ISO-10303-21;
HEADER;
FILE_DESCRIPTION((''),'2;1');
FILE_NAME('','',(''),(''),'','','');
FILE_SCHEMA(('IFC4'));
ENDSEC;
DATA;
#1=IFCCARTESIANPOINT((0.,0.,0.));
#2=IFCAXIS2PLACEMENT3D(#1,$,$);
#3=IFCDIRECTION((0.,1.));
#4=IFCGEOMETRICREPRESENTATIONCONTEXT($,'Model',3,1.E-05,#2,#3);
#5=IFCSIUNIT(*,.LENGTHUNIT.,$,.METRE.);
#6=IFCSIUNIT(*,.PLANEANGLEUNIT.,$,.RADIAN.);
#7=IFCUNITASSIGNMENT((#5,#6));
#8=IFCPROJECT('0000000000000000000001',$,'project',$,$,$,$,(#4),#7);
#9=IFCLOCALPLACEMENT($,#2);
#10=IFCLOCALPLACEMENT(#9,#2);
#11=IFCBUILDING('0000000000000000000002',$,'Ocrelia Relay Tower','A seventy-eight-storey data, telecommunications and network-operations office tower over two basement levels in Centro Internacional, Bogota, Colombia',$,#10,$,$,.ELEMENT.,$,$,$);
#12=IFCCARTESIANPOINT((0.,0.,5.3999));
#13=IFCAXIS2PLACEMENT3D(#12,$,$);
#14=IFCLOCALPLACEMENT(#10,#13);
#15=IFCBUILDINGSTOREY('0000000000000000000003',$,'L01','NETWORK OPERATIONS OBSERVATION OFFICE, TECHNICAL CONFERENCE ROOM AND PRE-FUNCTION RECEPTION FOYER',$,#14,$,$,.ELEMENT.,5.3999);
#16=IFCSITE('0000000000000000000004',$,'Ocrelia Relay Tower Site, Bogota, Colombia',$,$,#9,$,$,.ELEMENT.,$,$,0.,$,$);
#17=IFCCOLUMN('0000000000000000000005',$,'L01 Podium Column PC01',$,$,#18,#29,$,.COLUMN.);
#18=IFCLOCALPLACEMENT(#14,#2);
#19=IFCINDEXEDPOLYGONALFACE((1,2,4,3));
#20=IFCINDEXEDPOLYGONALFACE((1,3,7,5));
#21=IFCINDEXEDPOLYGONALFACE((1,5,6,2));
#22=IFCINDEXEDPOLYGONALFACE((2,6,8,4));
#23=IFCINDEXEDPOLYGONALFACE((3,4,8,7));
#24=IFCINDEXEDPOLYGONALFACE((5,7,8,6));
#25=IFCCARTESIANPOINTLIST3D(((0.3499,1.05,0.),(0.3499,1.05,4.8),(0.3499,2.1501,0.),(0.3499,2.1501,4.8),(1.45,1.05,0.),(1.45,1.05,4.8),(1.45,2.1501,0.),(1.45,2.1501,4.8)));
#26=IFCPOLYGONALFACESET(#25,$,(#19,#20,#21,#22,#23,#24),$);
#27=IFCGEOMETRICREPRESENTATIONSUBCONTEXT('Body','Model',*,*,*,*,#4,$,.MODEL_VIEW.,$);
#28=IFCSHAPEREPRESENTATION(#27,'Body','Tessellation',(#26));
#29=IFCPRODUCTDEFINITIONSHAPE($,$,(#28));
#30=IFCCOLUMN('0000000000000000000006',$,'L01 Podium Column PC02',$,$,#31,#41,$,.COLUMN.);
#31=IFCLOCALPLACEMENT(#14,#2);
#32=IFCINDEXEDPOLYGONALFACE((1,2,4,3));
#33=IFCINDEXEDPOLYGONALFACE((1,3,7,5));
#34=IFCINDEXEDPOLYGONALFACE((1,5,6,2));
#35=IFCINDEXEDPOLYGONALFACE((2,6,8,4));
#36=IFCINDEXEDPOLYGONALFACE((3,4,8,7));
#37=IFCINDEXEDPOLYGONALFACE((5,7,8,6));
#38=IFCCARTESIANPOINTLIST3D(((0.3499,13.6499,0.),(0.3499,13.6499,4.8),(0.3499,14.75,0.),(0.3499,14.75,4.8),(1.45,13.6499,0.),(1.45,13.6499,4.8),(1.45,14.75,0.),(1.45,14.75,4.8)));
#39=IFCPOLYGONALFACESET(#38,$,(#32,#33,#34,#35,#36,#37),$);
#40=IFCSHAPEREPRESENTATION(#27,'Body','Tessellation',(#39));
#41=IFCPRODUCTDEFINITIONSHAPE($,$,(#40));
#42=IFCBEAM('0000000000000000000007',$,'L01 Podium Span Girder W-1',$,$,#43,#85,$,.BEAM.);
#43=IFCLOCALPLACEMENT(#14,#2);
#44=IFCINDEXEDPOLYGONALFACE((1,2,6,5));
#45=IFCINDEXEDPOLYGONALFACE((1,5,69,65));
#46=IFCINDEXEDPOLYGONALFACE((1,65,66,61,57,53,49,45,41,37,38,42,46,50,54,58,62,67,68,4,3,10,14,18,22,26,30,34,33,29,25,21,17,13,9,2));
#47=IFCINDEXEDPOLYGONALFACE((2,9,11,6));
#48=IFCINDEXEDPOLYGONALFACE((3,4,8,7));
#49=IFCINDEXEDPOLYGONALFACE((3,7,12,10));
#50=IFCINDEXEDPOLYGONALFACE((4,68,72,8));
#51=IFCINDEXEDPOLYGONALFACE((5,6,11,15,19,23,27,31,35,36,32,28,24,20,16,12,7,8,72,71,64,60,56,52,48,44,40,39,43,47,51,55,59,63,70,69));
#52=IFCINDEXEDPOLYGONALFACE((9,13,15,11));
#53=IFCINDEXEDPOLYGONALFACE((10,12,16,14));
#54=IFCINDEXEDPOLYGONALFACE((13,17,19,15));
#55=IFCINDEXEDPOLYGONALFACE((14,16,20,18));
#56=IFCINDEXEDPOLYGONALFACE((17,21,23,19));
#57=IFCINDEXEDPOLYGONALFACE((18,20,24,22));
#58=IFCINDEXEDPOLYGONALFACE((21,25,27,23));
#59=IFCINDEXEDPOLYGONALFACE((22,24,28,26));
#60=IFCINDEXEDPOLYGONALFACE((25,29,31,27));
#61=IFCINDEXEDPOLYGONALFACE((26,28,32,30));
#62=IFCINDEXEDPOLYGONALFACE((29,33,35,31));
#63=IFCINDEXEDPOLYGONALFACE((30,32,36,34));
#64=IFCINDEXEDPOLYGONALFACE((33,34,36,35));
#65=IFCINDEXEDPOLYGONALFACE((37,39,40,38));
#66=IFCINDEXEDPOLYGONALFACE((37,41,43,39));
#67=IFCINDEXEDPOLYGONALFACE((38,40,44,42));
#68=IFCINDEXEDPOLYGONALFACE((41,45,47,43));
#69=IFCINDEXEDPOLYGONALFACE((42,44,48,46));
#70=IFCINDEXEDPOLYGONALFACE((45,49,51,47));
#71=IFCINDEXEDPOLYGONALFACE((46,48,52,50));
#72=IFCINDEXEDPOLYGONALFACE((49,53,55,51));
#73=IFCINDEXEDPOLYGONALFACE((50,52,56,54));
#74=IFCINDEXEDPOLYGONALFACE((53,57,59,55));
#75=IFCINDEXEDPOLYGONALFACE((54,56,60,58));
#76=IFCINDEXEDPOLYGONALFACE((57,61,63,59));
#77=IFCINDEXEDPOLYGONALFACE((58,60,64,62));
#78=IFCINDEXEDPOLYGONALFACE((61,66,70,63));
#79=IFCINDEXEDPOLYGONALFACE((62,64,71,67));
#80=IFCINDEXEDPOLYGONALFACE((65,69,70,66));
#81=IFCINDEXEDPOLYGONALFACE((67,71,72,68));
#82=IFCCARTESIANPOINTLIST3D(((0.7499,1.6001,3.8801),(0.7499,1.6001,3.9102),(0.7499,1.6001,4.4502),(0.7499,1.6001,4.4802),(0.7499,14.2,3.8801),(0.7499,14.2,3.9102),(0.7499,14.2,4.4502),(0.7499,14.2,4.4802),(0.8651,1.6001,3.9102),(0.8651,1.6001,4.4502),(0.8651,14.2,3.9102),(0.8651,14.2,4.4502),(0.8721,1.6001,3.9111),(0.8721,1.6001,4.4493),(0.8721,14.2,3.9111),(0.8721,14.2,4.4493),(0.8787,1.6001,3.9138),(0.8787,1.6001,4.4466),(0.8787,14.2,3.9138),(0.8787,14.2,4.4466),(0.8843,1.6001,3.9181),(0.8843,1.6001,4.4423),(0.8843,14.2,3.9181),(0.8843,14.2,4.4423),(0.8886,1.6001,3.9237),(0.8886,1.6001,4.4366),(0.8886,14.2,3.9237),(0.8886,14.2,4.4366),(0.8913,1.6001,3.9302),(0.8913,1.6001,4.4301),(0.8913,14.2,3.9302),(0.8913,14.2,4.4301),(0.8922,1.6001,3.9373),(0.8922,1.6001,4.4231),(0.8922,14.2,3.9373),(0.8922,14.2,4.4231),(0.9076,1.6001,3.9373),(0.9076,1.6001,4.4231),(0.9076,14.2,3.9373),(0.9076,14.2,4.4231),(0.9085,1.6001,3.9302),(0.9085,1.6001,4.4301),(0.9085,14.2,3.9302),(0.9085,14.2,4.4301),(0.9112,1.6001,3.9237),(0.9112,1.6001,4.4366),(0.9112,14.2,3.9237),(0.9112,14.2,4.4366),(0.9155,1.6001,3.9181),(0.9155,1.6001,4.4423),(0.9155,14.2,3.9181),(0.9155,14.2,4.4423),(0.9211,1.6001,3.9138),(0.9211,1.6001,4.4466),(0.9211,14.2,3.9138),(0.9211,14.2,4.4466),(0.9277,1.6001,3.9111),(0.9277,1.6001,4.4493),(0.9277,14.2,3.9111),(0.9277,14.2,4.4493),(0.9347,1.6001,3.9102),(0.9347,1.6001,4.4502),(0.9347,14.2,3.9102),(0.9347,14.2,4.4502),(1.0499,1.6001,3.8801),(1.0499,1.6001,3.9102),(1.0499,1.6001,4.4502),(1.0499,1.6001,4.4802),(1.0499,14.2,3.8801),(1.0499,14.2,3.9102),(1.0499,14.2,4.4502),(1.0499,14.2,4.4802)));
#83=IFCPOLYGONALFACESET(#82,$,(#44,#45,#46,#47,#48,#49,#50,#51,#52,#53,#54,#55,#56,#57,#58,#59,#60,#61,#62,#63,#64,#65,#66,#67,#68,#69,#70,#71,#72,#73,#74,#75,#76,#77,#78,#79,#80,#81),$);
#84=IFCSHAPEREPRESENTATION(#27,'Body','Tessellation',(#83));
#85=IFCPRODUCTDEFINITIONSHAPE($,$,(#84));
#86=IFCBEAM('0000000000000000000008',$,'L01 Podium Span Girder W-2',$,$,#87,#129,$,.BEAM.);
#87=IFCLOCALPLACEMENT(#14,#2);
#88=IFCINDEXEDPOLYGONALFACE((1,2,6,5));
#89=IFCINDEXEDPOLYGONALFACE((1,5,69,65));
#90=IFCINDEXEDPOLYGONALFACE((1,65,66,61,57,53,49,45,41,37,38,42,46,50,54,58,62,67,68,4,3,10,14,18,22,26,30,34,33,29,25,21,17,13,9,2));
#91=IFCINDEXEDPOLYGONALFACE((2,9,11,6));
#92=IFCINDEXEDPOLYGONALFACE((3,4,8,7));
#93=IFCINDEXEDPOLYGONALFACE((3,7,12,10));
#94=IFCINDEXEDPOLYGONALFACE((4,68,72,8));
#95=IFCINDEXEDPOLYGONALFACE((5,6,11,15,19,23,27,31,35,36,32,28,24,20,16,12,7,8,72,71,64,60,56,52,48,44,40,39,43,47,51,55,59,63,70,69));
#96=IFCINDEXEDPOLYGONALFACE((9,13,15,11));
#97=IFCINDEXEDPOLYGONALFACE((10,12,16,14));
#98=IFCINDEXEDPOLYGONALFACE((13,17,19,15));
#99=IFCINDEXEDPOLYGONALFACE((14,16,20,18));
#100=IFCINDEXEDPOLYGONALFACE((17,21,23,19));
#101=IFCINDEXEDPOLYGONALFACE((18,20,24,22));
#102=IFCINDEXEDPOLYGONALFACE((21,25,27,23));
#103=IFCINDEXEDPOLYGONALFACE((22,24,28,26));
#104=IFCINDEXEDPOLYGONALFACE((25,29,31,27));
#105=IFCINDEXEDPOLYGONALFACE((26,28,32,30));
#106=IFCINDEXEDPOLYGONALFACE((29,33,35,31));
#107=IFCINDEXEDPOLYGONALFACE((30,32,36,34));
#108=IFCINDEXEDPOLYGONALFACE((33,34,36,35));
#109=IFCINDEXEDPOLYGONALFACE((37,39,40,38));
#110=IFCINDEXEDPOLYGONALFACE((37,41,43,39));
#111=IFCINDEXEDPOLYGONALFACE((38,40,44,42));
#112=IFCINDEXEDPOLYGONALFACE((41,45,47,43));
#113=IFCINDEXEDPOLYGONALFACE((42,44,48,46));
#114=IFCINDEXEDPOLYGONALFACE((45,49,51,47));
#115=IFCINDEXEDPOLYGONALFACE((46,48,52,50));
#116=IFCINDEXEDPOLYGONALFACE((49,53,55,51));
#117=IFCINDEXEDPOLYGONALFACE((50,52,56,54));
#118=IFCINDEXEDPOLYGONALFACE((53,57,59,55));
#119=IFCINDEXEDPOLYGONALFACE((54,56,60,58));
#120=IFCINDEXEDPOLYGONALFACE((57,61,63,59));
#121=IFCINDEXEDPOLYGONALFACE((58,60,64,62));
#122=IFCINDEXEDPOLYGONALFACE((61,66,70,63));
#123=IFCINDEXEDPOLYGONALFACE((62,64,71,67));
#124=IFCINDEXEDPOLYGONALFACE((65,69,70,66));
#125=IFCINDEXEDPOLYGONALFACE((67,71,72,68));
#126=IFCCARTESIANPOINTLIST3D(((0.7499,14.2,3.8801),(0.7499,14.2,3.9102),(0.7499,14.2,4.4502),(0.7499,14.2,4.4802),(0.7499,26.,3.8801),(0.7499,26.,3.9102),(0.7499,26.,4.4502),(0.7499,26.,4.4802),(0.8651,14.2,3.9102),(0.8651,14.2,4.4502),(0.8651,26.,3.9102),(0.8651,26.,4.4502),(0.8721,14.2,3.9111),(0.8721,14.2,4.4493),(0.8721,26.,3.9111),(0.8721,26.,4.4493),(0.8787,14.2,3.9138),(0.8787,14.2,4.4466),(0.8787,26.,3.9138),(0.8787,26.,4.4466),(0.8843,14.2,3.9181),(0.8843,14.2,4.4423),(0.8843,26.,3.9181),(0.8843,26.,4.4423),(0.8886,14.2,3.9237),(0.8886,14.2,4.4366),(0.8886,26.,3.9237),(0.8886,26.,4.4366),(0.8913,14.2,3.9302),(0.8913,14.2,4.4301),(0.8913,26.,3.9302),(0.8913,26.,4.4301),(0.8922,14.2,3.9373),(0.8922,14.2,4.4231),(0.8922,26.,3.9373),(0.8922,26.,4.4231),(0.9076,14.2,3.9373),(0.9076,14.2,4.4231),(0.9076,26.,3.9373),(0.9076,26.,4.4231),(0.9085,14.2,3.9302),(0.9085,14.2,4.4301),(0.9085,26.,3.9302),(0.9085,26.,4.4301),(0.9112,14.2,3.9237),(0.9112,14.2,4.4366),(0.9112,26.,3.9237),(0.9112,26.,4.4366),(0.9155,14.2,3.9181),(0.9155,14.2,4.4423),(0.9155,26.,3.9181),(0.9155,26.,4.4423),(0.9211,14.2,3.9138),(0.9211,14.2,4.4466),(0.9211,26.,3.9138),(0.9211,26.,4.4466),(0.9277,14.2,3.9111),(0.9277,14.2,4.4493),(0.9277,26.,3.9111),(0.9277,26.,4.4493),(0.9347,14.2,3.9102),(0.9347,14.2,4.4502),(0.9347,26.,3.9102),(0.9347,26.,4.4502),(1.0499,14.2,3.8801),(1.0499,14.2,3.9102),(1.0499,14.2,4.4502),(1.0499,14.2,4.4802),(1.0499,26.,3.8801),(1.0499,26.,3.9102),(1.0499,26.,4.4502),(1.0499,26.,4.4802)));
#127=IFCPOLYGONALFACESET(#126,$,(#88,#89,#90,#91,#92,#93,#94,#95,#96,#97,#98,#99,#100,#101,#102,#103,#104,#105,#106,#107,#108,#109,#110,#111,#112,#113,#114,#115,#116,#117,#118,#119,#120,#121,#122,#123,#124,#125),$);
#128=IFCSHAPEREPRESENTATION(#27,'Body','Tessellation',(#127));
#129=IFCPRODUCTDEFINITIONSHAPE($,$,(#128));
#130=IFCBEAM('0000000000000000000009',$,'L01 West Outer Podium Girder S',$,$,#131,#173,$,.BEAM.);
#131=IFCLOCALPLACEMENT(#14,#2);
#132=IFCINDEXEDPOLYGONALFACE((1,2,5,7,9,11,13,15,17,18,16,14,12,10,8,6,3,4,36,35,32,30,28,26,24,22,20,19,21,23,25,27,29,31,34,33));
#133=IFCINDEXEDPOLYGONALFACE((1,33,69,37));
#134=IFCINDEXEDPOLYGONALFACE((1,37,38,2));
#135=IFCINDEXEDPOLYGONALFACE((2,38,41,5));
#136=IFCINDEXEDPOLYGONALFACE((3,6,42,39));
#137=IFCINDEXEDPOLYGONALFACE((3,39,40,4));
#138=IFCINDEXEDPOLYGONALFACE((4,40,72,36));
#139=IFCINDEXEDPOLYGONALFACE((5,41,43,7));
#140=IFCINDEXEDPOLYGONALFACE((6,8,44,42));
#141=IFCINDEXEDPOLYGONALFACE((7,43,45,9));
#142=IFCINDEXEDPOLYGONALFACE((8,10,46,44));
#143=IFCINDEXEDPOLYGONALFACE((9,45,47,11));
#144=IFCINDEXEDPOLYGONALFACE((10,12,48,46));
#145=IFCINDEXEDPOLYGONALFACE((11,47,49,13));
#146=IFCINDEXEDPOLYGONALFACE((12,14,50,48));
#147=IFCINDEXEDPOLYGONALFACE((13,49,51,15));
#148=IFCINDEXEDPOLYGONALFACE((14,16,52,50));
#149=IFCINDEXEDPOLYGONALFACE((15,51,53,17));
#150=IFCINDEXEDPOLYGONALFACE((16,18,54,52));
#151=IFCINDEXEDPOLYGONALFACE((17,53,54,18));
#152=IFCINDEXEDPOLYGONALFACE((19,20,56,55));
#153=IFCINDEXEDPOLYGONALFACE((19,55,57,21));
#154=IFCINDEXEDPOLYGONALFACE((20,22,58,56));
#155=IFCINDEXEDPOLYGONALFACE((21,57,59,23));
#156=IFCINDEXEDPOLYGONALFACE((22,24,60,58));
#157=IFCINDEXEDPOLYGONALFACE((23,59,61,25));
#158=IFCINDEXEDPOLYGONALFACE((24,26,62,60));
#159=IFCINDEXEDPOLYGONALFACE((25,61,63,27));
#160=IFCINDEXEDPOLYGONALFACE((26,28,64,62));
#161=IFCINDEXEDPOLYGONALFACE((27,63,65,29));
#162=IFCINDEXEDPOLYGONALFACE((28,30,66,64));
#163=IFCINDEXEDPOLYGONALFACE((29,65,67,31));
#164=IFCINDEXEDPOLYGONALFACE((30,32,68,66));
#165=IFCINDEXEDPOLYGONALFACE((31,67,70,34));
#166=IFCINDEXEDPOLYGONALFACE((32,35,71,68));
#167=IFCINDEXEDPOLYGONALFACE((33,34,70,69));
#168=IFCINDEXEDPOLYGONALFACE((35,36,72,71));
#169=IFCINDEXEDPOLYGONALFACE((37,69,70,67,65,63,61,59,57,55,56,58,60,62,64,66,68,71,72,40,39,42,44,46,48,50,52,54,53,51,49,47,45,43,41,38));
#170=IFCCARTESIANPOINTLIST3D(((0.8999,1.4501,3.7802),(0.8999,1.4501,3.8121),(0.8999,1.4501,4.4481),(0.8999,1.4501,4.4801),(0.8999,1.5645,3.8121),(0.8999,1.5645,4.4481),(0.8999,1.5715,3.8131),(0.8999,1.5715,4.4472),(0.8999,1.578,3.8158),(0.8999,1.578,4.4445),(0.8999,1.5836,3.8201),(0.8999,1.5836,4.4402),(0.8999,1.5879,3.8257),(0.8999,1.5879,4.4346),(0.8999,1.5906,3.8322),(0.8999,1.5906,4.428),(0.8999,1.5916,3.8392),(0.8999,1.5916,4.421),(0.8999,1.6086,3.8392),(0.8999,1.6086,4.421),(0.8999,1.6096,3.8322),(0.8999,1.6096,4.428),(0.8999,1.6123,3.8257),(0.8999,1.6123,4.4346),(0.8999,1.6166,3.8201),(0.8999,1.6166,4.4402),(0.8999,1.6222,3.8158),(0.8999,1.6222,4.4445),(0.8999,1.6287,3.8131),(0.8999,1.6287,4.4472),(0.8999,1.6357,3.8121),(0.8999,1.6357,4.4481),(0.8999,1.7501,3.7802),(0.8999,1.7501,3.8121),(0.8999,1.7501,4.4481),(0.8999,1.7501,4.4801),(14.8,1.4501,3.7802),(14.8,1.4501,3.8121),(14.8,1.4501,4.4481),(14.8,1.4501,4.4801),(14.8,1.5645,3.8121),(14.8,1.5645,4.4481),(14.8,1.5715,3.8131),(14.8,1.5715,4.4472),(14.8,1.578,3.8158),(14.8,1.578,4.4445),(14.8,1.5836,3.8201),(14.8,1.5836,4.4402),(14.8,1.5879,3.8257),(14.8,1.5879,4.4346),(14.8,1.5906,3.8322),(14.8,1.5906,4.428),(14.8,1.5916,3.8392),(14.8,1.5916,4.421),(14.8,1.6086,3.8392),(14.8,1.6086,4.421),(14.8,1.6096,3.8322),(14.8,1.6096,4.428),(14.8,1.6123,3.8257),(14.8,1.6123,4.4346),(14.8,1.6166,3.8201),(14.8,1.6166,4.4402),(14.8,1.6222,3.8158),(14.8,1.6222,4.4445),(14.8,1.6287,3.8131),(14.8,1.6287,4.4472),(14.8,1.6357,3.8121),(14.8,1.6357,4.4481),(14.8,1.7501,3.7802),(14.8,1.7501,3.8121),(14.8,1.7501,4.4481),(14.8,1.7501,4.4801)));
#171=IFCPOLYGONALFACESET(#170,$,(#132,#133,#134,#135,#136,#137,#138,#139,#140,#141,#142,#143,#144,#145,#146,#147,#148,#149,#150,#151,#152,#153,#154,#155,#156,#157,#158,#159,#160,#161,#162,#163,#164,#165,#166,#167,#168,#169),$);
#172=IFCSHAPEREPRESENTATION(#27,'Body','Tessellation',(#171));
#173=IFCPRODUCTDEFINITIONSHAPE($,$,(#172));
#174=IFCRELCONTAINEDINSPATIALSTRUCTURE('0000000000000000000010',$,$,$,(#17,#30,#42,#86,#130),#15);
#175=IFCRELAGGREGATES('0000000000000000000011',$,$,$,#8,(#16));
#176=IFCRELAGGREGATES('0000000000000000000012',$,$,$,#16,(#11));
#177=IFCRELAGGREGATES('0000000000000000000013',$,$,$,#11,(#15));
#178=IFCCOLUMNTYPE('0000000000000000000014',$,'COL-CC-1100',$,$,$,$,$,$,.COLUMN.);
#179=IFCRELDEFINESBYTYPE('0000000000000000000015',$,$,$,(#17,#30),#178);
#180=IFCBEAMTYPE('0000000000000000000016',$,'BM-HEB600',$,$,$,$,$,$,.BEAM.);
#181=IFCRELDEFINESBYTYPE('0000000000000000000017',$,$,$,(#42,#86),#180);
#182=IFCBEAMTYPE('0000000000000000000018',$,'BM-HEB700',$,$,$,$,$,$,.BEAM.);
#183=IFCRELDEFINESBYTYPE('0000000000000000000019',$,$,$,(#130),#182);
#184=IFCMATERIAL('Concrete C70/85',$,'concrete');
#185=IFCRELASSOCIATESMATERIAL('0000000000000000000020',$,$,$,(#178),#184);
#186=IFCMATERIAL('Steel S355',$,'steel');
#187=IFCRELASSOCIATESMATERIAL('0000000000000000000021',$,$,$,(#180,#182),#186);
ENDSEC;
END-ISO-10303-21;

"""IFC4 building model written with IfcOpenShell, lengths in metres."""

from ifc_helpers import new_model, si_unit, direction, frame, origin, origin_2d, place, context, subcontext, project, spatial, rectangle, i_section, extrude, material, material_profile, profile_set, type_object, element, save


model = new_model("IFC4")

# Units and contexts
model_context = context("Model", 3, precision=1e-05, world=origin(), true_north=direction((0.0, 1.0)))
body_context = subcontext(model_context, "Body", "Model", "MODEL_VIEW")
ifc_project = project(units=[si_unit("LENGTHUNIT", "METRE"), si_unit("PLANEANGLEUNIT", "RADIAN")], contexts=[model_context])

# Site, building, storey
site_placement = place(None, origin())
site = spatial("IfcSite", under=ifc_project, at=site_placement, Name="Ocrelia Relay Tower Site, Bogota, Colombia", CompositionType="ELEMENT", RefElevation=0.0)
building_placement = place(site_placement, origin())
building = spatial("IfcBuilding", under=site, at=building_placement, Name="Ocrelia Relay Tower", Description="A seventy-eight-storey data, telecommunications and network-operations office tower over two basement levels in Centro Internacional, Bogota, Colombia", CompositionType="ELEMENT")
storey_placement = place(building_placement, frame((0.0, 0.0, 5.3999)))
storey = spatial("IfcBuildingStorey", under=building, at=storey_placement, Name="L01", Description="NETWORK OPERATIONS OBSERVATION OFFICE, TECHNICAL CONFERENCE ROOM AND PRE-FUNCTION RECEPTION FOYER", CompositionType="ELEMENT", Elevation=5.3999)

# Columns
ifc_material_1 = material(Name="Concrete C70/85", Category="concrete")
ifc_material_profile_1 = material_profile(ifc_material_1, rectangle(XDim=1.1001, YDim=1.1001, at=origin_2d()), Name="RC-COL-1100x1100")
ifc_profile_set_1 = profile_set([ifc_material_profile_1], Name="Concrete C70/85")
column_type = type_object("IfcColumnType", Name="COL-CC-1100", PredefinedType="COLUMN", material=ifc_profile_set_1)
for number, where, z_axis, x_axis, name in (
    (1, (0.8999, 1.6001, 0.0), (0.0, 0.0, 1.0), (1.0, 0.0, 0.0), "L01 Podium Column PC01"),
    (2, (0.8999, 14.2, 0.0), (0.0, 0.0, 1.0), (1.0, 0.0, 0.0), "L01 Podium Column PC02"),
):
    element("IfcColumn", number, at=place(storey_placement, frame(where, z_axis=z_axis, x_axis=x_axis)), inside=storey, type_object=column_type, Name=name, PredefinedType="COLUMN", context=body_context, shape_type="SweptSolid", body=[
        extrude(rectangle(XDim=1.1001, YDim=1.1001, at=origin_2d()), origin(), (0.0, 0.0, 1.0), 4.8),
    ])

# Beams
ifc_material_2 = material(Name="Steel S355", Category="steel")
ifc_material_profile_2 = material_profile(ifc_material_2, i_section(OverallWidth=0.3, OverallDepth=0.6001, WebThickness=0.0154, FlangeThickness=0.03, FilletRadius=0.0271, at=origin_2d()), Name="HEB 600")
ifc_profile_set_2 = profile_set([ifc_material_profile_2], Name="Steel S355")
beam_type_1 = type_object("IfcBeamType", Name="BM-HEB600", PredefinedType="BEAM", material=ifc_profile_set_2)
beam_1_placement = place(storey_placement, frame((0.8999, 1.6001, 4.1802), z_axis=(0.0, 1.0, 0.0), x_axis=(-1.0, 0.0, 0.0)))
element("IfcBeam", 3, at=beam_1_placement, inside=storey, type_object=beam_type_1, Name="L01 Podium Span Girder W-1", PredefinedType="BEAM", context=body_context, shape_type="SweptSolid", body=[
    extrude(i_section(OverallWidth=0.3, OverallDepth=0.6001, WebThickness=0.0154, FlangeThickness=0.03, FilletRadius=0.0271, at=origin_2d()), origin(), (0.0, 0.0, 1.0), 12.5999),
])
beam_2_placement = place(storey_placement, frame((0.8999, 14.2, 4.1802), z_axis=(0.0, 1.0, 0.0), x_axis=(-1.0, 0.0, 0.0)))
element("IfcBeam", 4, at=beam_2_placement, inside=storey, type_object=beam_type_1, Name="L01 Podium Span Girder W-2", PredefinedType="BEAM", context=body_context, shape_type="SweptSolid", body=[
    extrude(i_section(OverallWidth=0.3, OverallDepth=0.6001, WebThickness=0.0154, FlangeThickness=0.03, FilletRadius=0.0271, at=origin_2d()), origin(), (0.0, 0.0, 1.0), 11.8),
])
ifc_material_profile_3 = material_profile(ifc_material_2, i_section(OverallWidth=0.3, OverallDepth=0.7, WebThickness=0.0171, FlangeThickness=0.032, FilletRadius=0.0271, at=origin_2d()), Name="HEB 700")
ifc_profile_set_3 = profile_set([ifc_material_profile_3], Name="Steel S355")
beam_type_2 = type_object("IfcBeamType", Name="BM-HEB700", PredefinedType="BEAM", material=ifc_profile_set_3)
for number, where, z_axis, x_axis, name in (
    (5, (0.8999, 1.6001, 4.1301), (1.0, 0.0, 0.0), (0.0, 1.0, 0.0), "L01 West Outer Podium Girder S"),
):
    element("IfcBeam", number, at=place(storey_placement, frame(where, z_axis=z_axis, x_axis=x_axis)), inside=storey, type_object=beam_type_2, Name=name, PredefinedType="BEAM", context=body_context, shape_type="SweptSolid", body=[
        extrude(i_section(OverallWidth=0.3, OverallDepth=0.7, WebThickness=0.0171, FlangeThickness=0.032, FilletRadius=0.0271, at=origin_2d()), origin(), (0.0, 0.0, 1.0), 13.9001),
    ])

save(model, "model.ifc")
